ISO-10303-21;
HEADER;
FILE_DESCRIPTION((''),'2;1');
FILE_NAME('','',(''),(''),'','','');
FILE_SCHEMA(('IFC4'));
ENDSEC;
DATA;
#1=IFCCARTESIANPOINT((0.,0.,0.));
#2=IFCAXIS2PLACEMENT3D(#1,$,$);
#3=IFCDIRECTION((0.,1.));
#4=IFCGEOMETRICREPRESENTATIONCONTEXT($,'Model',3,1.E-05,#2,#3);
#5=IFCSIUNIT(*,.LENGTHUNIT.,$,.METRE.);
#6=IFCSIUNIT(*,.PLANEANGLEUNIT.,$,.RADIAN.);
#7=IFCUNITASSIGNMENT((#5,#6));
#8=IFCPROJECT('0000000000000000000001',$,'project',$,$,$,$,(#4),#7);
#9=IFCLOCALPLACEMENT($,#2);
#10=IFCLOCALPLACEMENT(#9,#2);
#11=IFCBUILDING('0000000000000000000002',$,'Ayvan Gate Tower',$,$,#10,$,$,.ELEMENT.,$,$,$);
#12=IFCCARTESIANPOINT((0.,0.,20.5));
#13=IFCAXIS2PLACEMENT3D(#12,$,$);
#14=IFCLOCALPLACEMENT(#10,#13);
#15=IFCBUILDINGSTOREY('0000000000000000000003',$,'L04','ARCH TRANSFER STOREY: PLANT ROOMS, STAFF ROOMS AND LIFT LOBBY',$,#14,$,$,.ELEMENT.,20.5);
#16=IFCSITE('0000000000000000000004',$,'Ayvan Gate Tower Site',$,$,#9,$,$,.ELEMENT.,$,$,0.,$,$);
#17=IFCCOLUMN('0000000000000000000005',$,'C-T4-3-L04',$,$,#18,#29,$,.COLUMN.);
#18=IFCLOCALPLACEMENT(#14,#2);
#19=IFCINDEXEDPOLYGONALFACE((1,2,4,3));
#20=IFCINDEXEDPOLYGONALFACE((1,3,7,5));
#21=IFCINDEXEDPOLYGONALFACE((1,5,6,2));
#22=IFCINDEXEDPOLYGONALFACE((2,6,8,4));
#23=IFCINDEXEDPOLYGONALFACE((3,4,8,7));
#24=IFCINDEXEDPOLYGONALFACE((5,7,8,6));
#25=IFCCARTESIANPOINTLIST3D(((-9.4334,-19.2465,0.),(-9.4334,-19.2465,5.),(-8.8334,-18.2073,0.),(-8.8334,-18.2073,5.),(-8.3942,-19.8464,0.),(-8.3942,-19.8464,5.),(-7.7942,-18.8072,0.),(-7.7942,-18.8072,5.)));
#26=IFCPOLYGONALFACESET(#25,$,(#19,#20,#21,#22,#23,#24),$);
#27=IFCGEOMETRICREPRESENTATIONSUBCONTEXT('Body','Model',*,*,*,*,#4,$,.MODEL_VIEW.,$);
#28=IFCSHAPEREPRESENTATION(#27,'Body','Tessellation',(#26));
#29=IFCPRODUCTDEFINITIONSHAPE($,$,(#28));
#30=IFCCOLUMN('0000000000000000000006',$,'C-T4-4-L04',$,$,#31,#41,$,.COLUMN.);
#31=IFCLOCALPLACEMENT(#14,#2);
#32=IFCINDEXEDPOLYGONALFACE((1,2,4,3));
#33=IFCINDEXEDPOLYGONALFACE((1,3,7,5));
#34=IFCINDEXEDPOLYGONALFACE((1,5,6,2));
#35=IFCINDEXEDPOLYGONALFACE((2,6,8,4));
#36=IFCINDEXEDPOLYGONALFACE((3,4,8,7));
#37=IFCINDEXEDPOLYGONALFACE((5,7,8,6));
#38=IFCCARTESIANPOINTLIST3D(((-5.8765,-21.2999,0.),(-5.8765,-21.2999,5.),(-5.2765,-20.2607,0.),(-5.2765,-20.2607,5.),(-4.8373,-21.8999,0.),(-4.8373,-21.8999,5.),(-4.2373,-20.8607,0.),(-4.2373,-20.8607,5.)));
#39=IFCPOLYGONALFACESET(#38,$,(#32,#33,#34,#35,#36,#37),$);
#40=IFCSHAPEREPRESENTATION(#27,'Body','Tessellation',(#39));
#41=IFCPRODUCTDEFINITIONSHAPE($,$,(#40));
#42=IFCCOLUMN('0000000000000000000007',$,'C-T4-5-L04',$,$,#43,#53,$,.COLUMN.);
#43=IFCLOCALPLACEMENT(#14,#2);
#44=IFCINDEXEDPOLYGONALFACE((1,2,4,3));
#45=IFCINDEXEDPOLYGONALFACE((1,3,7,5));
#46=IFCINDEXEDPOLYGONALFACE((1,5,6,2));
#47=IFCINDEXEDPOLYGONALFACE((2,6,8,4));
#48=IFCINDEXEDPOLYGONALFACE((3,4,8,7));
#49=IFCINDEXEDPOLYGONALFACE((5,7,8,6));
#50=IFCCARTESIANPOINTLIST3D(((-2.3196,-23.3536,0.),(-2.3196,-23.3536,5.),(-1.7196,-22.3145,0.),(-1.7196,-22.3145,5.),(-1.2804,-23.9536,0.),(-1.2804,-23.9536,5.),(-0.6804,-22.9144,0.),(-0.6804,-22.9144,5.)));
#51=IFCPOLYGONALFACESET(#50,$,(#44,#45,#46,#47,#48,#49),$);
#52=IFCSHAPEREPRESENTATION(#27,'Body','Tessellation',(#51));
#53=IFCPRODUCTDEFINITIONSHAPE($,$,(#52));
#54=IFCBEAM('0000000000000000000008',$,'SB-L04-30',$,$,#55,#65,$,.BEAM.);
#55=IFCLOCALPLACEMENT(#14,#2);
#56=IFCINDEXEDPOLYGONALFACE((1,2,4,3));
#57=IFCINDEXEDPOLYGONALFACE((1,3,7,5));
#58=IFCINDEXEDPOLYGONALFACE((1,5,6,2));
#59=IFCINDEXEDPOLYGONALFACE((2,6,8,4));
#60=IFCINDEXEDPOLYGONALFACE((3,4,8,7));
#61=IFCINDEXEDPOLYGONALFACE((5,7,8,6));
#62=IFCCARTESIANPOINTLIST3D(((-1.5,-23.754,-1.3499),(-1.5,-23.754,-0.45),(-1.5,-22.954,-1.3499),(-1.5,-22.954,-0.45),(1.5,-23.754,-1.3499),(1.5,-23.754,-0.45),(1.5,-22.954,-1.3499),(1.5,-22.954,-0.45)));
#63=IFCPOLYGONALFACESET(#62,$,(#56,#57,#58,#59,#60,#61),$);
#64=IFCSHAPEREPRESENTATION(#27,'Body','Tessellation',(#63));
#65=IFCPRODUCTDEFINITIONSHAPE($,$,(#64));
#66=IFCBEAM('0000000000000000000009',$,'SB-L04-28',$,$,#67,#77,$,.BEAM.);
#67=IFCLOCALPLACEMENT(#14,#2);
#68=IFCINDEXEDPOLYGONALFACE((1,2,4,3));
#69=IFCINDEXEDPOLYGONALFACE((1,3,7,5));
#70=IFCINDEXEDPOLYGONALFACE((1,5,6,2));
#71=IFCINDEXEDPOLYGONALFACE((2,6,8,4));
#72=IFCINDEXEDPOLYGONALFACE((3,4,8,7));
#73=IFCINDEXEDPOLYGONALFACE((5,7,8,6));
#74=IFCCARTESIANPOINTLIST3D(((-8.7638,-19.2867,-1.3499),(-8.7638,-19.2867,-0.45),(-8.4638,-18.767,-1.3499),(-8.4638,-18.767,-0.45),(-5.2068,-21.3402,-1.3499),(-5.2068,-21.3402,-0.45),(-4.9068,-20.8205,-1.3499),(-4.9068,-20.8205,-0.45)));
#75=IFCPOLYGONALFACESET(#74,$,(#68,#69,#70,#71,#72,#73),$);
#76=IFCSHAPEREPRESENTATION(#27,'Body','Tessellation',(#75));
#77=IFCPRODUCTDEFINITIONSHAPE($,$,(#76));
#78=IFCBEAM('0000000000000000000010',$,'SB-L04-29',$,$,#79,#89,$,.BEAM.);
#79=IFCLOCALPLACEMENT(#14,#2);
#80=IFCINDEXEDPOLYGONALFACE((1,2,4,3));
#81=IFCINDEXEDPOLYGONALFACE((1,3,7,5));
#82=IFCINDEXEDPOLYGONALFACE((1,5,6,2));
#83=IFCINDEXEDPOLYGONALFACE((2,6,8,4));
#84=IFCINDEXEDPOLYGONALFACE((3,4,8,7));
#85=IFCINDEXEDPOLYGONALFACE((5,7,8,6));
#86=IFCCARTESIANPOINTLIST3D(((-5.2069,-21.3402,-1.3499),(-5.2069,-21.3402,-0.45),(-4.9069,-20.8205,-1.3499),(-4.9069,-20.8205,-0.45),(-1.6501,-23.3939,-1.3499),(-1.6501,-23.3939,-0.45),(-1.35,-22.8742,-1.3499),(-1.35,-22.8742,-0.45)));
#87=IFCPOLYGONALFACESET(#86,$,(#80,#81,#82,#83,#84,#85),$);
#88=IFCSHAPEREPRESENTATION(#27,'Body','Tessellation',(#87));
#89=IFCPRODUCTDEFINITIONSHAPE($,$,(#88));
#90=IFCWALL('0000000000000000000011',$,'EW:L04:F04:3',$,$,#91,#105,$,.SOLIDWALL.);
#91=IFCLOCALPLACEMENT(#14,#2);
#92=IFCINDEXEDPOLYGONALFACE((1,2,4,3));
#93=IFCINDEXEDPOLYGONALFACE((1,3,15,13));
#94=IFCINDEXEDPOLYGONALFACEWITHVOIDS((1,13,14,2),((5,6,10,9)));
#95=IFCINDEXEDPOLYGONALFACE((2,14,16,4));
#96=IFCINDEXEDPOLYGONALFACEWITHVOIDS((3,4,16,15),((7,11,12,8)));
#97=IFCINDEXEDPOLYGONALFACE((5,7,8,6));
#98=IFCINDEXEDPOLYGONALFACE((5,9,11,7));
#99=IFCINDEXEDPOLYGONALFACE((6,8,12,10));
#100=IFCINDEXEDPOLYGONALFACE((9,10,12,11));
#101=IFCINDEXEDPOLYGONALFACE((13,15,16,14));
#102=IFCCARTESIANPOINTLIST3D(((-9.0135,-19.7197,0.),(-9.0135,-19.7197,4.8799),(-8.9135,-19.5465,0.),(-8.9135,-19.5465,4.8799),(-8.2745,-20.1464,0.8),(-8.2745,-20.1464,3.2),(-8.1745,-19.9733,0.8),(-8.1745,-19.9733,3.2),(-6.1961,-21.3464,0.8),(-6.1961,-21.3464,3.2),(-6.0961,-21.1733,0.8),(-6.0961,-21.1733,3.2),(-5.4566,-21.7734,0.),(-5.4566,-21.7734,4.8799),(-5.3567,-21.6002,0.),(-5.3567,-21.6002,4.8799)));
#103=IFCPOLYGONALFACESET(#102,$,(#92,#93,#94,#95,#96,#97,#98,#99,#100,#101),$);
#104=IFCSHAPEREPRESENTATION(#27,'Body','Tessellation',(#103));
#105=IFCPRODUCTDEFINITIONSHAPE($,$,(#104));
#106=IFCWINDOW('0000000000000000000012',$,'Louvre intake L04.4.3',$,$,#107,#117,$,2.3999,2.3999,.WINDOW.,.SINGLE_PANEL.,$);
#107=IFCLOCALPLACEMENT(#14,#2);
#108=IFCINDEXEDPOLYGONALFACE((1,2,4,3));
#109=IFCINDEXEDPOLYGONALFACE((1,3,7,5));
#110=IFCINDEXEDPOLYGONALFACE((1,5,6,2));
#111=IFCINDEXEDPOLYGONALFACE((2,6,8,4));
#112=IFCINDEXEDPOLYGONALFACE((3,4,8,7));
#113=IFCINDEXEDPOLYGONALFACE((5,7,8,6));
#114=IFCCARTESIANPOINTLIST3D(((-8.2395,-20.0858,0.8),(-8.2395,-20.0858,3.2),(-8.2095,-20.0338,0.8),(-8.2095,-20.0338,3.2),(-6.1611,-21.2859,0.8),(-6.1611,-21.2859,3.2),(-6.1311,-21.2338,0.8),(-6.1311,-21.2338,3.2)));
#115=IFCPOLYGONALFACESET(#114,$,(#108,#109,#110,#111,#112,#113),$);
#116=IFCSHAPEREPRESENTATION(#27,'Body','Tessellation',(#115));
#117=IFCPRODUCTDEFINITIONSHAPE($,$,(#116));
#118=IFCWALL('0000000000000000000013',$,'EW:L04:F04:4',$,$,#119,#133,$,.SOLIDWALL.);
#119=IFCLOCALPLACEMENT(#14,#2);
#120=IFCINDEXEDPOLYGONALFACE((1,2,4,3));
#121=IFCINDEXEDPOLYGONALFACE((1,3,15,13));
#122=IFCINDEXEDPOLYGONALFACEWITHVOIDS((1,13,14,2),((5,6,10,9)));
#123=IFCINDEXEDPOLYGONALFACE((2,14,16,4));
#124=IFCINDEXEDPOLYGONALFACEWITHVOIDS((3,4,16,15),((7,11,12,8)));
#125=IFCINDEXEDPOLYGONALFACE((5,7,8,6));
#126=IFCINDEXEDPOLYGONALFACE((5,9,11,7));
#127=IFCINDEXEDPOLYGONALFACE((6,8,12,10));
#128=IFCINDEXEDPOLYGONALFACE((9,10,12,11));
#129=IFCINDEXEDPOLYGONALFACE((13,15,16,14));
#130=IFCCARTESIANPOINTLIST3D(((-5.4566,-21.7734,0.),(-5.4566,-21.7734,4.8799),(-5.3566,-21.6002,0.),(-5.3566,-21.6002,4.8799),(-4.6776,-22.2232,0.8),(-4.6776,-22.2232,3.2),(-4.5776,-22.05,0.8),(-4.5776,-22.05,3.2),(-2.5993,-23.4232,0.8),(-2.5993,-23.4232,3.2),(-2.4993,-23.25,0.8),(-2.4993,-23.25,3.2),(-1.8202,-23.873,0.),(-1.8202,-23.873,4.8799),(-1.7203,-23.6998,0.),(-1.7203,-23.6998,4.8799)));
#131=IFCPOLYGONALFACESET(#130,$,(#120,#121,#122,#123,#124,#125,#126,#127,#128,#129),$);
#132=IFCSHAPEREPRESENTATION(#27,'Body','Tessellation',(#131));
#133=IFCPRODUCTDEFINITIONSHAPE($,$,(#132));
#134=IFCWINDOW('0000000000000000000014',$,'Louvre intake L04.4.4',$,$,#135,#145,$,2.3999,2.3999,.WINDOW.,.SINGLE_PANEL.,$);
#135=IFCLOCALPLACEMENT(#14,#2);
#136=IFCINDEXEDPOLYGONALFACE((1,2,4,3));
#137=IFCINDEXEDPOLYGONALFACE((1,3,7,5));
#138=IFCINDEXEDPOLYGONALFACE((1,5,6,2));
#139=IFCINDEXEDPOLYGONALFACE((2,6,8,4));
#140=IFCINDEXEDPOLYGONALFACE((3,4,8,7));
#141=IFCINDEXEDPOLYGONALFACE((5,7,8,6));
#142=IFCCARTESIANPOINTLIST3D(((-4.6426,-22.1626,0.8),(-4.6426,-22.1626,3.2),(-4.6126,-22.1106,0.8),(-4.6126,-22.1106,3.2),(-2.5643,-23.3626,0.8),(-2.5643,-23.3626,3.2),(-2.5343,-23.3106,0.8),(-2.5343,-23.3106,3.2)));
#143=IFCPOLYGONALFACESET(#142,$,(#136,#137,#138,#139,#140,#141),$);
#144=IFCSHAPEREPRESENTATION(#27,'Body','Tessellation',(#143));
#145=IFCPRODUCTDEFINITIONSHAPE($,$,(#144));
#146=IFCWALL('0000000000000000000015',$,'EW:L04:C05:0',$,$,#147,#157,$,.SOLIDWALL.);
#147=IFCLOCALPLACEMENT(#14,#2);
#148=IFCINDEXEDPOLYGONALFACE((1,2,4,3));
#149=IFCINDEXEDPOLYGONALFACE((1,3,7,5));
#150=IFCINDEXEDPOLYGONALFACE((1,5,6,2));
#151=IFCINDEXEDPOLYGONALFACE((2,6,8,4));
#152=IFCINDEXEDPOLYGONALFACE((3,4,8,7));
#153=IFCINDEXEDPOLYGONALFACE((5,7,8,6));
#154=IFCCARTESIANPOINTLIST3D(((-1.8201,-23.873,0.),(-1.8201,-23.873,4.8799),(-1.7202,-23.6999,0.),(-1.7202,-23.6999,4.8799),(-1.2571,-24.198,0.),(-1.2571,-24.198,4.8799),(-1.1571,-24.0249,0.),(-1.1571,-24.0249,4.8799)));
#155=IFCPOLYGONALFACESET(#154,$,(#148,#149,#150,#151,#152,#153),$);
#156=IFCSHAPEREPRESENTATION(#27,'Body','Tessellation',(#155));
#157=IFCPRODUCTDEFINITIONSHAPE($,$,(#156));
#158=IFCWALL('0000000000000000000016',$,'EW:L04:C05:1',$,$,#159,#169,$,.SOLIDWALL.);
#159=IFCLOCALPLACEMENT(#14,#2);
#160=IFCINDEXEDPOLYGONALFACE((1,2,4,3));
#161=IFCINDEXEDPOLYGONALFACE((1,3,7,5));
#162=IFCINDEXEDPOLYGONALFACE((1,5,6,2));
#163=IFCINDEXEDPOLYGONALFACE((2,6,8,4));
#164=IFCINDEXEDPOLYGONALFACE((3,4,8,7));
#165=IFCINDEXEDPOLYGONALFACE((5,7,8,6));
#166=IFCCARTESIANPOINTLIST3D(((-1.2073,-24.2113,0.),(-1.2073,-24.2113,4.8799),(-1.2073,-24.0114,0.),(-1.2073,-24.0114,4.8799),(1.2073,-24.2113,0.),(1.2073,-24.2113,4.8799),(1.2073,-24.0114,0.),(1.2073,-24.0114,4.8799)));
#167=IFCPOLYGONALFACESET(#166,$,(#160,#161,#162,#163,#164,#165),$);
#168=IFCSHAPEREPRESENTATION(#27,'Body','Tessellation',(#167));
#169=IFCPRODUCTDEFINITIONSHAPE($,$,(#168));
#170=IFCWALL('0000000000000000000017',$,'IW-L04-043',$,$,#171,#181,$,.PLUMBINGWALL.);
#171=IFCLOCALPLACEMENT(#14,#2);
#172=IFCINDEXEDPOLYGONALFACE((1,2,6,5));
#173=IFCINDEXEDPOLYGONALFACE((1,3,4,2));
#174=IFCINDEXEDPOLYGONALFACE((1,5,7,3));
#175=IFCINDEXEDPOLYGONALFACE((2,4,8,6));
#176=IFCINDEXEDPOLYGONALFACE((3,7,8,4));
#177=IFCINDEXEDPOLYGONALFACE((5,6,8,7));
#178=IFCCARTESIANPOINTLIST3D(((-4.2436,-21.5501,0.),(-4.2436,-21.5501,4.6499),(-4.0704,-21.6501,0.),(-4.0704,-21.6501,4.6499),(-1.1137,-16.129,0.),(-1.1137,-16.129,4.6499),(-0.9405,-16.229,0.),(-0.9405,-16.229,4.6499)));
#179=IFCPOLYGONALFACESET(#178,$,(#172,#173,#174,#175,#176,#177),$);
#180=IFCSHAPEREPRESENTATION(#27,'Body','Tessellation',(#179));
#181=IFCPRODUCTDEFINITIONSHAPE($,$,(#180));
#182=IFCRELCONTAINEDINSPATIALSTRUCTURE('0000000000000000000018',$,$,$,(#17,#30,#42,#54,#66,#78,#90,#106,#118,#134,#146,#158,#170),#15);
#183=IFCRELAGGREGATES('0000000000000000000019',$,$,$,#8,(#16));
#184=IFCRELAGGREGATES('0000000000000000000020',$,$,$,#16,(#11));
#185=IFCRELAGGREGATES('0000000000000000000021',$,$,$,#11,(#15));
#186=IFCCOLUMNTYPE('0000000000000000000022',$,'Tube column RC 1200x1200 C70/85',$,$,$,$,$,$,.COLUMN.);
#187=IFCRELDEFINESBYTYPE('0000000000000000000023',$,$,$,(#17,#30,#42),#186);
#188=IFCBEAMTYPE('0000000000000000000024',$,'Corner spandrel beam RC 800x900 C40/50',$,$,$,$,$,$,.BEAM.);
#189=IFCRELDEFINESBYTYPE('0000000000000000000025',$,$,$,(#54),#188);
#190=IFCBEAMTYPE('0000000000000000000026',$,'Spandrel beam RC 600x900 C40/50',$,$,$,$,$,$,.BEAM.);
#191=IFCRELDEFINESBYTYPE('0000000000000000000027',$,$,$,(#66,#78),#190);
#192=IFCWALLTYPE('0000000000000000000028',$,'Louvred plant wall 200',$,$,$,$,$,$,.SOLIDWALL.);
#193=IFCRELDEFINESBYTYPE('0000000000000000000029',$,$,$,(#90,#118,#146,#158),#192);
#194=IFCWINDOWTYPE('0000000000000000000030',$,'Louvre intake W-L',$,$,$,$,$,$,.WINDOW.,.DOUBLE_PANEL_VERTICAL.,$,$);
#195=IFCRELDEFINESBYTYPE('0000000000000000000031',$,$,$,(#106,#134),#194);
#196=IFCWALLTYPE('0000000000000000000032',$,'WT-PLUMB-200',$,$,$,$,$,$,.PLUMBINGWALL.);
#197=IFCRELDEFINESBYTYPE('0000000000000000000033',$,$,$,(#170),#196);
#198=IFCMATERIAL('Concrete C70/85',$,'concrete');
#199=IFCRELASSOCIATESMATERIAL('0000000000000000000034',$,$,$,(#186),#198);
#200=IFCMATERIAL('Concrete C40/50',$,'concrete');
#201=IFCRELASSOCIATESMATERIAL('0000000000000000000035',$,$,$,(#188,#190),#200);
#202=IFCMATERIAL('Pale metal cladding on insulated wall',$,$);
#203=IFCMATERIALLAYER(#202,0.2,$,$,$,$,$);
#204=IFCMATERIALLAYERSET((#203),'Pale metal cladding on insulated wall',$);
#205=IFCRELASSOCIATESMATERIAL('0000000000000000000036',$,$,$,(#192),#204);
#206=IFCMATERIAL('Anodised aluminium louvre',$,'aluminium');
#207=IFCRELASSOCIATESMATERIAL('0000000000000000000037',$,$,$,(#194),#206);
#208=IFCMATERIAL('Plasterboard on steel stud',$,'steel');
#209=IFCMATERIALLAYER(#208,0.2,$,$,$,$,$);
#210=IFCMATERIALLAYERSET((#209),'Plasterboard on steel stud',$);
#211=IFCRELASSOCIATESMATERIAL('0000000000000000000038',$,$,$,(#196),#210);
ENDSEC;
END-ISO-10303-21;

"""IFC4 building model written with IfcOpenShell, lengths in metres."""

from ifc_helpers import new_model, si_unit, direction, frame, frame_2d, origin, origin_2d, place, context, subcontext, project, spatial, rectangle, extrude, material, layer, layer_set, material_profile, profile_set, type_object, element, fill, save


model = new_model("IFC4")

# Units and contexts
model_context = context("Model", 3, precision=1e-05, world=origin(), true_north=direction((0.0, 1.0)))
body_context = subcontext(model_context, "Body", "Model", "MODEL_VIEW")
ifc_project = project(units=[si_unit("LENGTHUNIT", "METRE"), si_unit("PLANEANGLEUNIT", "RADIAN")], contexts=[model_context])

# Site, building, storey
site_placement = place(None, origin())
site = spatial("IfcSite", under=ifc_project, at=site_placement, Name="Ayvan Gate Tower Site", CompositionType="ELEMENT", RefElevation=0.0)
building_placement = place(site_placement, origin())
building = spatial("IfcBuilding", under=site, at=building_placement, Name="Ayvan Gate Tower", CompositionType="ELEMENT")
storey_placement = place(building_placement, frame((0.0, 0.0, 20.5)))
storey = spatial("IfcBuildingStorey", under=building, at=storey_placement, Name="L04", Description="ARCH TRANSFER STOREY: PLANT ROOMS, STAFF ROOMS AND LIFT LOBBY", CompositionType="ELEMENT", Elevation=20.5)

# Columns
ifc_material_1 = material(Name="Concrete C70/85", Category="concrete")
ifc_material_profile_1 = material_profile(ifc_material_1, rectangle(XDim=1.2, YDim=1.2, at=origin_2d()), Name="RC 1200x1200")
ifc_profile_set_1 = profile_set([ifc_material_profile_1], Name="Concrete C70/85")
column_type = type_object("IfcColumnType", Name="Tube column RC 1200x1200 C70/85", PredefinedType="COLUMN", material=ifc_profile_set_1)
for number, where, z_axis, x_axis, name in (
    (1, (-8.6138, -19.0269, 0.0), (0.0, 0.0, 1.0), (-0.5, -0.866025, 0.0), "C-T4-3-L04"),
    (2, (-5.0569, -21.0803, 0.0), (0.0, 0.0, 1.0), (-0.5, -0.866025, 0.0), "C-T4-4-L04"),
    (3, (-1.5, -23.134, 0.0), (0.0, 0.0, 1.0), (-0.5, -0.866025, 0.0), "C-T4-5-L04"),
):
    element("IfcColumn", number, at=place(storey_placement, frame(where, z_axis=z_axis, x_axis=x_axis)), inside=storey, type_object=column_type, Name=name, PredefinedType="COLUMN", context=body_context, shape_type="SweptSolid", body=[
        extrude(rectangle(XDim=1.2, YDim=1.2, at=origin_2d()), origin(), (0.0, 0.0, 1.0), 5.0),
    ])

# Beams
ifc_material_2 = material(Name="Concrete C40/50", Category="concrete")
ifc_material_profile_2 = material_profile(ifc_material_2, rectangle(XDim=0.8, YDim=0.8999, at=origin_2d()), Name="RC 800x900")
ifc_profile_set_2 = profile_set([ifc_material_profile_2], Name="Concrete C40/50")
beam_type_1 = type_object("IfcBeamType", Name="Corner spandrel beam RC 800x900 C40/50", PredefinedType="BEAM", material=ifc_profile_set_2)
beam_placement = place(storey_placement, frame((-1.5, -23.354, -0.8999), z_axis=(1.0, 0.0, 0.0), x_axis=(0.0, 1.0, 0.0)))
element("IfcBeam", 4, at=beam_placement, inside=storey, type_object=beam_type_1, Name="SB-L04-30", PredefinedType="BEAM", context=body_context, shape_type="SweptSolid", body=[
    extrude(rectangle(XDim=0.8, YDim=0.8999, at=origin_2d()), origin(), (0.0, 0.0, 1.0), 3.0),
])
ifc_material_profile_3 = material_profile(ifc_material_2, rectangle(XDim=0.6001, YDim=0.8999, at=origin_2d()), Name="RC 600x900")
ifc_profile_set_3 = profile_set([ifc_material_profile_3], Name="Concrete C40/50")
beam_type_2 = type_object("IfcBeamType", Name="Spandrel beam RC 600x900 C40/50", PredefinedType="BEAM", material=ifc_profile_set_3)
for number, where, z_axis, x_axis, name in (
    (5, (-8.6138, -19.0269, -0.8999), (0.866036, -0.499981, 0.0), (0.499981, 0.866036, 0.0), "SB-L04-28"),
    (6, (-5.0569, -21.0803, -0.8999), (0.86601, -0.500026, 0.0), (0.500026, 0.86601, 0.0), "SB-L04-29"),
):
    element("IfcBeam", number, at=place(storey_placement, frame(where, z_axis=z_axis, x_axis=x_axis)), inside=storey, type_object=beam_type_2, Name=name, PredefinedType="BEAM", context=body_context, shape_type="SweptSolid", body=[
        extrude(rectangle(XDim=0.6001, YDim=0.8999, at=origin_2d()), origin(), (0.0, 0.0, 1.0), 4.1072),
    ])

# Walls, openings, windows
ifc_material_3 = material(Name="Pale metal cladding on insulated wall")
ifc_layer_1 = layer(ifc_material_3, 0.2)
ifc_layer_set_1 = layer_set([ifc_layer_1], Name="Pale metal cladding on insulated wall")
wall_type_1 = type_object("IfcWallType", Name="Louvred plant wall 200", PredefinedType="SOLIDWALL", material=ifc_layer_set_1)
wall_1_placement = place(storey_placement, frame((-8.9636, -19.6331, 0.0), z_axis=(0.0, 0.0, 1.0), x_axis=(0.86601, -0.500026, 0.0)))
wall_1 = element("IfcWall", 7, at=wall_1_placement, inside=storey, type_object=wall_type_1, Name="EW:L04:F04:3", PredefinedType="SOLIDWALL", context=body_context, shape_type="SweptSolid", body=[
    extrude(rectangle(XDim=4.1072, YDim=0.2, at=frame_2d((2.0537, 0.0))), origin(), (0.0, 0.0, 1.0), 4.8799),
])
opening_1_placement = place(wall_1_placement, frame((0.8535, 0.0, 0.8)))
opening_1 = element("IfcOpeningElement", 8, at=opening_1_placement, cuts=wall_1, PredefinedType="OPENING", context=body_context, shape_type="SweptSolid", body=[
    extrude(rectangle(XDim=2.3999, YDim=2.3999, at=frame_2d((1.2, 1.2))), frame((0.0, 0.1099, 0.0), z_axis=(0.0, -1.0, 0.0), x_axis=(1.0, 0.0, 0.0)), (0.0, 0.0, 1.0), 0.22),
])
ifc_material_4 = material(Name="Anodised aluminium louvre", Category="aluminium")
window_type = type_object("IfcWindowType", Name="Louvre intake W-L", PartitioningType="DOUBLE_PANEL_VERTICAL", PredefinedType="WINDOW", material=ifc_material_4)
window_1_placement = place(opening_1_placement, origin())
window_1 = element("IfcWindow", 9, at=window_1_placement, inside=storey, type_object=window_type, Name="Louvre intake L04.4.3", OverallHeight=2.3999, OverallWidth=2.3999, PartitioningType="SINGLE_PANEL", PredefinedType="WINDOW", context=body_context, shape_type="SweptSolid", body=[
    extrude(rectangle(XDim=2.3999, YDim=2.3999, at=frame_2d((1.2, 1.2))), frame((0.0, 0.03, 0.0), z_axis=(0.0, -1.0, 0.0), x_axis=(1.0, 0.0, 0.0)), (0.0, 0.0, 1.0), 0.0601),
])
fill(opening_1, window_1)
wall_2_placement = place(storey_placement, frame((-5.4067, -21.6868, 0.0), z_axis=(0.0, 0.0, 1.0), x_axis=(0.866016, -0.500016, 0.0)))
wall_2 = element("IfcWall", 10, at=wall_2_placement, inside=storey, type_object=wall_type_1, Name="EW:L04:F04:4", PredefinedType="SOLIDWALL", context=body_context, shape_type="SweptSolid", body=[
    extrude(rectangle(XDim=4.199, YDim=0.2, at=frame_2d((2.0996, 0.0))), origin(), (0.0, 0.0, 1.0), 4.8799),
])
opening_2_placement = place(wall_2_placement, frame((0.8997, 0.0, 0.8)))
opening_2 = element("IfcOpeningElement", 11, at=opening_2_placement, cuts=wall_2, PredefinedType="OPENING", context=body_context, shape_type="SweptSolid", body=[
    extrude(rectangle(XDim=2.3999, YDim=2.3999, at=frame_2d((1.2, 1.2))), frame((0.0, 0.1099, 0.0), z_axis=(0.0, -1.0, 0.0), x_axis=(1.0, 0.0, 0.0)), (0.0, 0.0, 1.0), 0.22),
])
window_2_placement = place(opening_2_placement, origin())
window_2 = element("IfcWindow", 12, at=window_2_placement, inside=storey, type_object=window_type, Name="Louvre intake L04.4.4", OverallHeight=2.3999, OverallWidth=2.3999, PartitioningType="SINGLE_PANEL", PredefinedType="WINDOW", context=body_context, shape_type="SweptSolid", body=[
    extrude(rectangle(XDim=2.3999, YDim=2.3999, at=frame_2d((1.2, 1.2))), frame((0.0, 0.03, 0.0), z_axis=(0.0, -1.0, 0.0), x_axis=(1.0, 0.0, 0.0)), (0.0, 0.0, 1.0), 0.0601),
])
fill(opening_2, window_2)

# Walls
wall_3_placement = place(storey_placement, frame((-1.7703, -23.7864, 0.0), z_axis=(0.0, 0.0, 1.0), x_axis=(0.866086, -0.499896, 0.0)))
element("IfcWall", 13, at=wall_3_placement, inside=storey, type_object=wall_type_1, Name="EW:L04:C05:0", PredefinedType="SOLIDWALL", context=body_context, shape_type="SweptSolid", body=[
    extrude(rectangle(XDim=0.6501, YDim=0.2, at=frame_2d((0.3252, 0.0))), origin(), (0.0, 0.0, 1.0), 4.8799),
])
wall_4_placement = place(storey_placement, frame((-1.2073, -24.1113, 0.0), z_axis=(0.0, 0.0, 1.0), x_axis=(1.0, 0.0, 0.0)))
element("IfcWall", 14, at=wall_4_placement, inside=storey, type_object=wall_type_1, Name="EW:L04:C05:1", PredefinedType="SOLIDWALL", context=body_context, shape_type="SweptSolid", body=[
    extrude(rectangle(XDim=2.4146, YDim=0.2, at=frame_2d((1.2073, 0.0))), origin(), (0.0, 0.0, 1.0), 4.8799),
])
ifc_material_5 = material(Name="Plasterboard on steel stud", Category="steel")
ifc_layer_2 = layer(ifc_material_5, 0.2)
ifc_layer_set_2 = layer_set([ifc_layer_2], Name="Plasterboard on steel stud")
wall_type_2 = type_object("IfcWallType", Name="WT-PLUMB-200", PredefinedType="PLUMBINGWALL", material=ifc_layer_set_2)
wall_5_placement = place(storey_placement, frame((-4.157, -21.6001, 0.0), z_axis=(0.0, 0.0, 1.0), x_axis=(0.499998, 0.866026, 0.0)))
element("IfcWall", 15, at=wall_5_placement, inside=storey, type_object=wall_type_2, Name="IW-L04-043", PredefinedType="PLUMBINGWALL", context=body_context, shape_type="SweptSolid", body=[
    extrude(rectangle(XDim=6.2598, YDim=0.2, at=frame_2d((3.1299, 0.0))), origin(), (0.0, 0.0, 1.0), 4.6499),
])

save(model, "model.ifc")
